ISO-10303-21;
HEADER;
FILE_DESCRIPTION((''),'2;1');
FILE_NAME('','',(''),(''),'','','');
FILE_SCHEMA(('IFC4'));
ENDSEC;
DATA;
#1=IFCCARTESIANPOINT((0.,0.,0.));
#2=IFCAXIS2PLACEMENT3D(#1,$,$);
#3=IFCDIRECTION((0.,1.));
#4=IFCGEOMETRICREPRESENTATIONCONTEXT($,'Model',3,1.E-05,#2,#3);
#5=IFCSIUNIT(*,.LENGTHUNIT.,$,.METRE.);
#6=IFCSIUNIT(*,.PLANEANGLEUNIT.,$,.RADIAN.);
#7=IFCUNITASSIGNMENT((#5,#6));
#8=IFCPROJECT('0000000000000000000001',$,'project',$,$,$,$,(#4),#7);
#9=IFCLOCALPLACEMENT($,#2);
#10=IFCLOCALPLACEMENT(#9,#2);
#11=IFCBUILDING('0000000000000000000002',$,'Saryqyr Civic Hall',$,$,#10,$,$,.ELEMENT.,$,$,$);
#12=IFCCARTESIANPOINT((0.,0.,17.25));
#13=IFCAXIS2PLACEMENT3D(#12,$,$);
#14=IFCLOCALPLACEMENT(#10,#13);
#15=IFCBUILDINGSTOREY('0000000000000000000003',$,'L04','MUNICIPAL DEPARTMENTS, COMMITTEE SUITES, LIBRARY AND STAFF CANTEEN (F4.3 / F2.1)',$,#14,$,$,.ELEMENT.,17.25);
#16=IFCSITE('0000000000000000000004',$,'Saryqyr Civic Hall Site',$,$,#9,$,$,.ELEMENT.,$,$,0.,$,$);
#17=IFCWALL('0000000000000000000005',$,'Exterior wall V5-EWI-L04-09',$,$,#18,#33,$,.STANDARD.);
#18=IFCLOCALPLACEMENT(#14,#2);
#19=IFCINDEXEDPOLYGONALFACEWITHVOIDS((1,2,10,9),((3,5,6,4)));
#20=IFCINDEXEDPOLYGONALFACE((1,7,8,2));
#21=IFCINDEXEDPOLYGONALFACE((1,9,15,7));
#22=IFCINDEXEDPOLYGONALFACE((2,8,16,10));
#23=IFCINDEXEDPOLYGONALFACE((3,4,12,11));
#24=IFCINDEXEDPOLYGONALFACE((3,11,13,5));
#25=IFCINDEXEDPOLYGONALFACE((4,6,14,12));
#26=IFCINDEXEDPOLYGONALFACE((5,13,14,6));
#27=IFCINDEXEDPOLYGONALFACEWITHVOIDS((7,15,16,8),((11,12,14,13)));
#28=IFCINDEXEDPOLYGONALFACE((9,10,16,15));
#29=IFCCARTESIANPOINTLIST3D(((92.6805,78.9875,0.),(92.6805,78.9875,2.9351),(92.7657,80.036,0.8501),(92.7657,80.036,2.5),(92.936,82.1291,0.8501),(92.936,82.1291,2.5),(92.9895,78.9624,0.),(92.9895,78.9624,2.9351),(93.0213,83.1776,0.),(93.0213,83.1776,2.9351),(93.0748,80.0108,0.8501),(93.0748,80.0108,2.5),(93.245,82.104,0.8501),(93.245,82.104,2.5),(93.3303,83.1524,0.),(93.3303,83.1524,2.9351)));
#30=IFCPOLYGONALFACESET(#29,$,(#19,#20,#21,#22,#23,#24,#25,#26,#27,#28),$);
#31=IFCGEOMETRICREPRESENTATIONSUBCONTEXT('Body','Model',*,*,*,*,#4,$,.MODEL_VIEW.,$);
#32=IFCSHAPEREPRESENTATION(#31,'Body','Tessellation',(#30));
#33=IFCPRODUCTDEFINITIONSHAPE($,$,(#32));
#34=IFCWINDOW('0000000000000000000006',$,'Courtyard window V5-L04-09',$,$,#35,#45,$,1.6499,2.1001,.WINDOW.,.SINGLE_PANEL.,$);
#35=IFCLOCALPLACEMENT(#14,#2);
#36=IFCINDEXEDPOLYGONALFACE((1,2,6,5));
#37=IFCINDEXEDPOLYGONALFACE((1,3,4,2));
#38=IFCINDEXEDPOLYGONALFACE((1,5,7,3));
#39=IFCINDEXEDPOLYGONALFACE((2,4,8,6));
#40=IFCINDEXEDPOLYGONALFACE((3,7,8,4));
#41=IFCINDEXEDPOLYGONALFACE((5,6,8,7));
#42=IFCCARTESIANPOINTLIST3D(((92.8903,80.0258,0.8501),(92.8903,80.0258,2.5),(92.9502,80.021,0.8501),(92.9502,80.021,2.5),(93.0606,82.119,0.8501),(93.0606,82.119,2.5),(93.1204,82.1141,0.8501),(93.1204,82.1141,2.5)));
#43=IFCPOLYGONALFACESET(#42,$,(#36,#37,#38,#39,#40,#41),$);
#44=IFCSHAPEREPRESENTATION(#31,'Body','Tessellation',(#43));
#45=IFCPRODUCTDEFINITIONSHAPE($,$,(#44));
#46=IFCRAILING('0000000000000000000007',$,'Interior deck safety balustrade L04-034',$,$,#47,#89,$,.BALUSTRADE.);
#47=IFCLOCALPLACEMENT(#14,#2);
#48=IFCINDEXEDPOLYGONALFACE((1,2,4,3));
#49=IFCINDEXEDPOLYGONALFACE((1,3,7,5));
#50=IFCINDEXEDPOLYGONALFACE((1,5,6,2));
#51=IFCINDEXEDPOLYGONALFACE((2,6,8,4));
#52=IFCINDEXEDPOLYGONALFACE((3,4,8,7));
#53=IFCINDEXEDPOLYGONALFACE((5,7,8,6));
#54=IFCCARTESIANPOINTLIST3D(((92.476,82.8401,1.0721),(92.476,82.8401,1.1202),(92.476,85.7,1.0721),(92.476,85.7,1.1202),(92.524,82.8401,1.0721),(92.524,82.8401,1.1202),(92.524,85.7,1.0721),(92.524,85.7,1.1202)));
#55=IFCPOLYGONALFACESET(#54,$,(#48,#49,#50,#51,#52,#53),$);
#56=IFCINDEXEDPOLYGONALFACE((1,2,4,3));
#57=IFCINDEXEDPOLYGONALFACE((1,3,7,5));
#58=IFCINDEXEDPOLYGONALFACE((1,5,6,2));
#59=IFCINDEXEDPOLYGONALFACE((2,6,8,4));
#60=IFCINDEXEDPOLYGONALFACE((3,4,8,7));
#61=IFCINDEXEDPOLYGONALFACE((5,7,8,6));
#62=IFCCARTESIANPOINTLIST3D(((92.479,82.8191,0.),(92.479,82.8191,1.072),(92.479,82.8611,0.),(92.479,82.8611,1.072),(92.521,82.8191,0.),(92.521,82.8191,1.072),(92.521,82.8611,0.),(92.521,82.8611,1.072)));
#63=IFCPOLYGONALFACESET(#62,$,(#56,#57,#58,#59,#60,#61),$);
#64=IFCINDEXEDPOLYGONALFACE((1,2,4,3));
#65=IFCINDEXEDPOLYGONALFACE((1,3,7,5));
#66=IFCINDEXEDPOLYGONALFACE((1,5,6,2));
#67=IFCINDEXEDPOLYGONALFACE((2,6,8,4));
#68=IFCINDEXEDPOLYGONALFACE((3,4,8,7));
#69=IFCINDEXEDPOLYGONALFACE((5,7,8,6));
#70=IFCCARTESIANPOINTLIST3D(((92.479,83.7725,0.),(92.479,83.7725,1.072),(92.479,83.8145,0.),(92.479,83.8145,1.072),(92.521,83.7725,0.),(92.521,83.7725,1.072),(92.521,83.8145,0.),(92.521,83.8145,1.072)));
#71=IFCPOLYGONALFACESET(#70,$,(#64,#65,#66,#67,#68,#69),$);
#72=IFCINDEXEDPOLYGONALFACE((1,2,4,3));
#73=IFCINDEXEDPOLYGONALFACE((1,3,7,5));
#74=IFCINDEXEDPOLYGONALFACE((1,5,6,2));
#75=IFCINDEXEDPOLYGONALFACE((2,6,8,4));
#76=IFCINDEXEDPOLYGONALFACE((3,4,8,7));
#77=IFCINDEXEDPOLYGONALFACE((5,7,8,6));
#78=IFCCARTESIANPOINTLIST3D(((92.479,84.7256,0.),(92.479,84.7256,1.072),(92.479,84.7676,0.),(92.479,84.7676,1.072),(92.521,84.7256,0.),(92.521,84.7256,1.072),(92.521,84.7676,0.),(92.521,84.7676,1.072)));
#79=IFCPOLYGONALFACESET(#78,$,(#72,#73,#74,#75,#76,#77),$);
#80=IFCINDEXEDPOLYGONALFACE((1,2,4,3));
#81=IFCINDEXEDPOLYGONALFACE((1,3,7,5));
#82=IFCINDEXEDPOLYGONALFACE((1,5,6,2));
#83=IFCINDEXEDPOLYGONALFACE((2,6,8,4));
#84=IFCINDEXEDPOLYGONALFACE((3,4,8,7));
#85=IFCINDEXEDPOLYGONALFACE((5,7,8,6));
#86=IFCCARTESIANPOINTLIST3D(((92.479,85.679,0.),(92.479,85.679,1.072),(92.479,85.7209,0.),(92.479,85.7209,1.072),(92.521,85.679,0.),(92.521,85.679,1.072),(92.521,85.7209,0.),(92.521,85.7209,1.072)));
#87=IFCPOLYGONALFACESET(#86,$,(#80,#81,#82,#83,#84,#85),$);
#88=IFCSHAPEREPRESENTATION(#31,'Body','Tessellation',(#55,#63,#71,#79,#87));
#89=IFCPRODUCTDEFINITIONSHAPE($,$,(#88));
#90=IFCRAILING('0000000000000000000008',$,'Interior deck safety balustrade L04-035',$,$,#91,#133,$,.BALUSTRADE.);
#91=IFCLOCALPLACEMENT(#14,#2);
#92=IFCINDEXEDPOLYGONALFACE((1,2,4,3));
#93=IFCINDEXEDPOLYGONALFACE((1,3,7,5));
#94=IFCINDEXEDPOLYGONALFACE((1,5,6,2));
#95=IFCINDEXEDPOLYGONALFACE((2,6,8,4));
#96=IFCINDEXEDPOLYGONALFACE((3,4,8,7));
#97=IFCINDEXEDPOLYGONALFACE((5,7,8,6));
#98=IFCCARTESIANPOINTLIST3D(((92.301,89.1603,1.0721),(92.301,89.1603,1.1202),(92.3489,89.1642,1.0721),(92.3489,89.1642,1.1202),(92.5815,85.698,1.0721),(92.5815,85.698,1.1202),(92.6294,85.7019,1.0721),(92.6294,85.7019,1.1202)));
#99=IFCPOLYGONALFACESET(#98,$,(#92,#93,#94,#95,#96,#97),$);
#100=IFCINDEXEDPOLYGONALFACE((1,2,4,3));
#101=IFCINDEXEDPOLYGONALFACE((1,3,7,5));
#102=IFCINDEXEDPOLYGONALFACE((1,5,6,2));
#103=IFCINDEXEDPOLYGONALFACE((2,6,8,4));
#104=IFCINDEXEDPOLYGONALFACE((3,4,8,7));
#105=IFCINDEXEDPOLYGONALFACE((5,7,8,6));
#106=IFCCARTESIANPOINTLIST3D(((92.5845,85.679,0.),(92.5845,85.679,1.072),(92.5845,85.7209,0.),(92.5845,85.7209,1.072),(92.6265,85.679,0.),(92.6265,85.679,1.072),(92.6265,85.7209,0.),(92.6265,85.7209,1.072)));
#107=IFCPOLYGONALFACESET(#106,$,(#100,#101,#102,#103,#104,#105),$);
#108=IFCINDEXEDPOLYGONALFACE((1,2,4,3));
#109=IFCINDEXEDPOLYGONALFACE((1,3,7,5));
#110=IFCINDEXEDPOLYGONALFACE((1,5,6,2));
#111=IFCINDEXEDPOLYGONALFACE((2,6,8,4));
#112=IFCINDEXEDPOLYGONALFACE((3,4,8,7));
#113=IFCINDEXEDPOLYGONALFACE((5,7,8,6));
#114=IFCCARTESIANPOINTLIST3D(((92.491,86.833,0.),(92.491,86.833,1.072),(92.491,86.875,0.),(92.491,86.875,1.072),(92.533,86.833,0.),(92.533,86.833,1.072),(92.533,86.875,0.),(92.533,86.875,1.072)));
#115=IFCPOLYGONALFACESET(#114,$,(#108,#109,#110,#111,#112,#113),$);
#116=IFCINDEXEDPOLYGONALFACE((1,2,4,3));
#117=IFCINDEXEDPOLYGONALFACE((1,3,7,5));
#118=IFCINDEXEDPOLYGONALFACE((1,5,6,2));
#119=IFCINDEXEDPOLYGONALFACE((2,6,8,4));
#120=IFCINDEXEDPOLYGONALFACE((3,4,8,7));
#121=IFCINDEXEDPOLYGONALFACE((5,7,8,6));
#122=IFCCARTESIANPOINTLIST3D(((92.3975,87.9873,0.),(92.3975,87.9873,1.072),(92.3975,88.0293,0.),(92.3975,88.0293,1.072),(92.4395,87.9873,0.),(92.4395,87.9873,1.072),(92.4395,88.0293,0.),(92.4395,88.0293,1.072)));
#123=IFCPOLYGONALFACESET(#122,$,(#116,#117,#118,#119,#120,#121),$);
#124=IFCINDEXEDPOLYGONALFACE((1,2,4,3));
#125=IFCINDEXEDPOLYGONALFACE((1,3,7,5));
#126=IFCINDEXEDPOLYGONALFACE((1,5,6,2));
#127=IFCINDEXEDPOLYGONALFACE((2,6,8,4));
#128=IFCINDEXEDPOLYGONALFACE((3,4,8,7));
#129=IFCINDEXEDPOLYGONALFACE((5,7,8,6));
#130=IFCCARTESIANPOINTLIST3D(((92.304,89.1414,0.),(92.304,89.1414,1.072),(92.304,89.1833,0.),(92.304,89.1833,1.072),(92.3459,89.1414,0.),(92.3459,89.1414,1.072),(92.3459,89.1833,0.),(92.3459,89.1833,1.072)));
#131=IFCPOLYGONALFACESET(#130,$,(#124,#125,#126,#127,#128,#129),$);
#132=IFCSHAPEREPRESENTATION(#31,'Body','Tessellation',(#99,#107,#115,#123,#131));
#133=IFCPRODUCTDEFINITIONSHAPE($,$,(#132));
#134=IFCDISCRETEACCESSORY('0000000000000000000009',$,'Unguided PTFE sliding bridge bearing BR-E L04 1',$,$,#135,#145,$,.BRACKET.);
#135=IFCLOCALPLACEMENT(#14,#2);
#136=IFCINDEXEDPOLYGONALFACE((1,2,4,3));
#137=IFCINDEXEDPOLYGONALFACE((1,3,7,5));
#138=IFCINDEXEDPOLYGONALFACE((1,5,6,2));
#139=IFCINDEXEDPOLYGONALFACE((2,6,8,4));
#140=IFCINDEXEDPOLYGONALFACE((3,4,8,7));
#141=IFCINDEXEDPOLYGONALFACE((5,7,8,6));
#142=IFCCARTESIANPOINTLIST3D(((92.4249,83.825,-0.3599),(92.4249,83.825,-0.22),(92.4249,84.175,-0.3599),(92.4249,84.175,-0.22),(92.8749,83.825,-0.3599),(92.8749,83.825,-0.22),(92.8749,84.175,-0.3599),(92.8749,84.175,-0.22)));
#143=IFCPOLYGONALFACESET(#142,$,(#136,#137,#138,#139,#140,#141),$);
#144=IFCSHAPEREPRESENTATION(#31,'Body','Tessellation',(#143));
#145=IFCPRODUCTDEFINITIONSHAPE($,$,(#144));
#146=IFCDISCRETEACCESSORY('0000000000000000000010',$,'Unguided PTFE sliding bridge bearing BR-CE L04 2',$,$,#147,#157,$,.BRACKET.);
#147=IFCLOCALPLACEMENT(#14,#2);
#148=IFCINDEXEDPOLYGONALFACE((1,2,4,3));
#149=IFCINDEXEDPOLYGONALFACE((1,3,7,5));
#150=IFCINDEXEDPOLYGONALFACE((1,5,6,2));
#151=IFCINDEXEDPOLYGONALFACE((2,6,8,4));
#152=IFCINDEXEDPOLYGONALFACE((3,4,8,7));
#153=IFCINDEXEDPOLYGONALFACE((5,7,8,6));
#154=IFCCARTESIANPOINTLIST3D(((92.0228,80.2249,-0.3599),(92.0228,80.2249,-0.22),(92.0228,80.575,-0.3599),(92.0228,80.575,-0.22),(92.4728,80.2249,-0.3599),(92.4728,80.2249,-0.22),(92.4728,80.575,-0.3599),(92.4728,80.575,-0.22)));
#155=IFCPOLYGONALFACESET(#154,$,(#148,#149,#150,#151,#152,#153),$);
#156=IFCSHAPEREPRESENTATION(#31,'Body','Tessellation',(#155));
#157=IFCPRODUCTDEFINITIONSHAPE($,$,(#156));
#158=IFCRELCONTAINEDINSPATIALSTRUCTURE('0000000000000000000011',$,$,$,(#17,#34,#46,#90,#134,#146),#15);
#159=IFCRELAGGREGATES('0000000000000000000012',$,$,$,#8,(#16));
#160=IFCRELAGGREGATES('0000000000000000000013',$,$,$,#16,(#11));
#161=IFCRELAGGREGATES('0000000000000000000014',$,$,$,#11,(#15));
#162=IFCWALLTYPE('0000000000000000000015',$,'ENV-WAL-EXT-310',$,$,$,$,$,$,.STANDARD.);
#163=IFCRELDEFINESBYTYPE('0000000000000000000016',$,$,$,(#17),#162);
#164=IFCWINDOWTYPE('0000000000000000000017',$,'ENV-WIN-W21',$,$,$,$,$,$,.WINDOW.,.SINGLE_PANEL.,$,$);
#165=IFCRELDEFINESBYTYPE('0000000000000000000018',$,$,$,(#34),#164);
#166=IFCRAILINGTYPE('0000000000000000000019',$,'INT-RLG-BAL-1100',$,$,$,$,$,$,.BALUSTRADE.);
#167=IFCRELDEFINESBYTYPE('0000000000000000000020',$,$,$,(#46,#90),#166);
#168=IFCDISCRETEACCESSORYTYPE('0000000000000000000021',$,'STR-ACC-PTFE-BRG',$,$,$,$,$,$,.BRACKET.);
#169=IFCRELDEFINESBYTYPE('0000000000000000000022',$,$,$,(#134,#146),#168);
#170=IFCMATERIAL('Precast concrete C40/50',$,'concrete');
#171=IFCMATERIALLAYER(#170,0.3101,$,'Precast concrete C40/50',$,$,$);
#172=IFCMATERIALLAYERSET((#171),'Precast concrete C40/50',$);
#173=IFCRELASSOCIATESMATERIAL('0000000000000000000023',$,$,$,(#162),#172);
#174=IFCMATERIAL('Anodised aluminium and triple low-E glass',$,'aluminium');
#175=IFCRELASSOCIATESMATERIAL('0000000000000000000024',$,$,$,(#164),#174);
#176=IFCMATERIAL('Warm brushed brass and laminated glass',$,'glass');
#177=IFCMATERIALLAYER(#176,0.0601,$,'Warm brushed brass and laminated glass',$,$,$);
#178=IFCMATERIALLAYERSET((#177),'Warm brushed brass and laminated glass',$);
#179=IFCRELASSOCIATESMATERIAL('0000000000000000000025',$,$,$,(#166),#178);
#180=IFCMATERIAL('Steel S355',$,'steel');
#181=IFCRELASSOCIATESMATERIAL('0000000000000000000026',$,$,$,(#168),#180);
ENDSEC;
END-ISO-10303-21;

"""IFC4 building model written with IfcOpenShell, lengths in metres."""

from ifc_helpers import new_model, si_unit, direction, frame, frame_2d, origin, origin_2d, place, context, subcontext, project, spatial, rectangle, extrude, material, layer, layer_set, type_object, element, fill, save


model = new_model("IFC4")

# Units and contexts
model_context = context("Model", 3, precision=1e-05, world=origin(), true_north=direction((0.0, 1.0)))
body_context = subcontext(model_context, "Body", "Model", "MODEL_VIEW")
ifc_project = project(units=[si_unit("LENGTHUNIT", "METRE"), si_unit("PLANEANGLEUNIT", "RADIAN")], contexts=[model_context])

# Site, building, storey
site_placement = place(None, origin())
site = spatial("IfcSite", under=ifc_project, at=site_placement, Name="Saryqyr Civic Hall Site", CompositionType="ELEMENT", RefElevation=0.0)
building_placement = place(site_placement, origin())
building = spatial("IfcBuilding", under=site, at=building_placement, Name="Saryqyr Civic Hall", CompositionType="ELEMENT")
storey_placement = place(building_placement, frame((0.0, 0.0, 17.25)))
storey = spatial("IfcBuildingStorey", under=building, at=storey_placement, Name="L04", Description="MUNICIPAL DEPARTMENTS, COMMITTEE SUITES, LIBRARY AND STAFF CANTEEN (F4.3 / F2.1)", CompositionType="ELEMENT", Elevation=17.25)

# Shared definitions
ifc_material_1 = material(Name="Steel S355", Category="steel")

# Shared definitions
ifc_material_2 = material(Name="Anodised aluminium and triple low-E glass", Category="aluminium")

# Wall, opening, window
ifc_material_3 = material(Name="Precast concrete C40/50", Category="concrete")
ifc_layer_1 = layer(ifc_material_3, 0.3101, Name="Precast concrete C40/50")
ifc_layer_set_1 = layer_set([ifc_layer_1], Name="Precast concrete C40/50")
wall_type = type_object("IfcWallType", Name="ENV-WAL-EXT-310", PredefinedType="STANDARD", material=ifc_layer_set_1)
wall_placement = place(storey_placement, frame((92.835, 78.9749, 0.0), z_axis=(0.0, 0.0, 1.0), x_axis=(0.081075, 0.996708, 0.0)))
wall = element("IfcWall", 1, at=wall_placement, inside=storey, type_object=wall_type, Name="Exterior wall V5-EWI-L04-09", PredefinedType="STANDARD", context=body_context, shape_type="SweptSolid", body=[
    extrude(rectangle(XDim=4.2039, YDim=0.3101, at=frame_2d((2.1021, 0.0))), origin(), (0.0, 0.0, 1.0), 2.9351),
])
opening_placement = place(wall_placement, frame((1.052, 0.0, 0.8501)))
opening = element("IfcOpeningElement", 2, at=opening_placement, cuts=wall, PredefinedType="OPENING", context=body_context, shape_type="SweptSolid", body=[
    extrude(rectangle(XDim=2.1001, YDim=1.6499, at=frame_2d((1.05, 0.825))), frame((0.0, 0.165, 0.0), z_axis=(0.0, -1.0, 0.0), x_axis=(1.0, 0.0, 0.0)), (0.0, 0.0, 1.0), 0.3301),
])
window_type = type_object("IfcWindowType", Name="ENV-WIN-W21", PartitioningType="SINGLE_PANEL", PredefinedType="WINDOW", material=ifc_material_2)
window_placement = place(opening_placement, origin())
window = element("IfcWindow", 3, at=window_placement, inside=storey, type_object=window_type, Name="Courtyard window V5-L04-09", OverallHeight=1.6499, OverallWidth=2.1001, PartitioningType="SINGLE_PANEL", PredefinedType="WINDOW", context=body_context, shape_type="SweptSolid", body=[
    extrude(rectangle(XDim=2.1001, YDim=1.6499, at=frame_2d((1.05, 0.825))), frame((0.0, 0.03, 0.0), z_axis=(0.0, -1.0, 0.0), x_axis=(1.0, 0.0, 0.0)), (0.0, 0.0, 1.0), 0.0601),
])
fill(opening, window)

# Railings
ifc_material_4 = material(Name="Warm brushed brass and laminated glass", Category="glass")
ifc_layer_2 = layer(ifc_material_4, 0.0601, Name="Warm brushed brass and laminated glass")
ifc_layer_set_2 = layer_set([ifc_layer_2], Name="Warm brushed brass and laminated glass")
railing_type = type_object("IfcRailingType", Name="INT-RLG-BAL-1100", PredefinedType="BALUSTRADE", material=ifc_layer_set_2)
railing_1_placement = place(storey_placement, frame((92.5, 82.8401, 0.0)))
element("IfcRailing", 4, at=railing_1_placement, inside=storey, type_object=railing_type, Name="Interior deck safety balustrade L04-034", PredefinedType="BALUSTRADE", context=body_context, shape_type="SweptSolid", body=[
    extrude(rectangle(XDim=0.0481, YDim=0.0481, at=origin_2d()), frame((0.0, 0.0, 1.0962), z_axis=(0.0, 1.0, 0.0), x_axis=(-1.0, 0.0, 0.0)), (0.0, 0.0, 1.0), 2.8599),
    extrude(rectangle(XDim=0.042, YDim=0.042, at=origin_2d()), origin(), (0.0, 0.0, 1.0), 1.072),
    extrude(rectangle(XDim=0.042, YDim=0.042, at=origin_2d()), frame((0.0, 0.9534, 0.0)), (0.0, 0.0, 1.0), 1.072),
    extrude(rectangle(XDim=0.042, YDim=0.042, at=origin_2d()), frame((0.0, 1.9065, 0.0)), (0.0, 0.0, 1.0), 1.072),
    extrude(rectangle(XDim=0.042, YDim=0.042, at=origin_2d()), frame((0.0, 2.8599, 0.0)), (0.0, 0.0, 1.0), 1.072),
])
railing_2_placement = place(storey_placement, frame((92.6055, 85.7, 0.0)))
element("IfcRailing", 5, at=railing_2_placement, inside=storey, type_object=railing_type, Name="Interior deck safety balustrade L04-035", PredefinedType="BALUSTRADE", context=body_context, shape_type="SweptSolid", body=[
    extrude(rectangle(XDim=0.0481, YDim=0.0481, at=origin_2d()), frame((0.0, 0.0, 1.0962), z_axis=(-0.080754, 0.996734, 0.0), x_axis=(-0.996734, -0.080754, 0.0)), (0.0, 0.0, 1.0), 3.4736),
    extrude(rectangle(XDim=0.042, YDim=0.042, at=origin_2d()), origin(), (0.0, 0.0, 1.0), 1.072),
    extrude(rectangle(XDim=0.042, YDim=0.042, at=origin_2d()), frame((-0.0935, 1.1541, 0.0)), (0.0, 0.0, 1.0), 1.072),
    extrude(rectangle(XDim=0.042, YDim=0.042, at=origin_2d()), frame((-0.187, 2.3083, 0.0)), (0.0, 0.0, 1.0), 1.072),
    extrude(rectangle(XDim=0.042, YDim=0.042, at=origin_2d()), frame((-0.2805, 3.4624, 0.0)), (0.0, 0.0, 1.0), 1.072),
])

# Discrete accessories
discrete_accessory_type = type_object("IfcDiscreteAccessoryType", Name="STR-ACC-PTFE-BRG", PredefinedType="BRACKET", material=ifc_material_1)
for number, where, z_axis, x_axis, name in (
    (6, (92.6499, 84.0, -0.3599), (0.0, 0.0, 1.0), (1.0, 0.0, 0.0), "Unguided PTFE sliding bridge bearing BR-E L04 1"),
    (7, (92.2478, 80.3999, -0.3599), (0.0, 0.0, 1.0), (1.0, 0.0, 0.0), "Unguided PTFE sliding bridge bearing BR-CE L04 2"),
):
    element("IfcDiscreteAccessory", number, at=place(storey_placement, frame(where, z_axis=z_axis, x_axis=x_axis)), inside=storey, type_object=discrete_accessory_type, Name=name, PredefinedType="BRACKET", context=body_context, shape_type="SweptSolid", body=[
        extrude(rectangle(XDim=0.45, YDim=0.3501, at=origin_2d()), origin(), (0.0, 0.0, 1.0), 0.1399),
    ])

save(model, "model.ifc")
